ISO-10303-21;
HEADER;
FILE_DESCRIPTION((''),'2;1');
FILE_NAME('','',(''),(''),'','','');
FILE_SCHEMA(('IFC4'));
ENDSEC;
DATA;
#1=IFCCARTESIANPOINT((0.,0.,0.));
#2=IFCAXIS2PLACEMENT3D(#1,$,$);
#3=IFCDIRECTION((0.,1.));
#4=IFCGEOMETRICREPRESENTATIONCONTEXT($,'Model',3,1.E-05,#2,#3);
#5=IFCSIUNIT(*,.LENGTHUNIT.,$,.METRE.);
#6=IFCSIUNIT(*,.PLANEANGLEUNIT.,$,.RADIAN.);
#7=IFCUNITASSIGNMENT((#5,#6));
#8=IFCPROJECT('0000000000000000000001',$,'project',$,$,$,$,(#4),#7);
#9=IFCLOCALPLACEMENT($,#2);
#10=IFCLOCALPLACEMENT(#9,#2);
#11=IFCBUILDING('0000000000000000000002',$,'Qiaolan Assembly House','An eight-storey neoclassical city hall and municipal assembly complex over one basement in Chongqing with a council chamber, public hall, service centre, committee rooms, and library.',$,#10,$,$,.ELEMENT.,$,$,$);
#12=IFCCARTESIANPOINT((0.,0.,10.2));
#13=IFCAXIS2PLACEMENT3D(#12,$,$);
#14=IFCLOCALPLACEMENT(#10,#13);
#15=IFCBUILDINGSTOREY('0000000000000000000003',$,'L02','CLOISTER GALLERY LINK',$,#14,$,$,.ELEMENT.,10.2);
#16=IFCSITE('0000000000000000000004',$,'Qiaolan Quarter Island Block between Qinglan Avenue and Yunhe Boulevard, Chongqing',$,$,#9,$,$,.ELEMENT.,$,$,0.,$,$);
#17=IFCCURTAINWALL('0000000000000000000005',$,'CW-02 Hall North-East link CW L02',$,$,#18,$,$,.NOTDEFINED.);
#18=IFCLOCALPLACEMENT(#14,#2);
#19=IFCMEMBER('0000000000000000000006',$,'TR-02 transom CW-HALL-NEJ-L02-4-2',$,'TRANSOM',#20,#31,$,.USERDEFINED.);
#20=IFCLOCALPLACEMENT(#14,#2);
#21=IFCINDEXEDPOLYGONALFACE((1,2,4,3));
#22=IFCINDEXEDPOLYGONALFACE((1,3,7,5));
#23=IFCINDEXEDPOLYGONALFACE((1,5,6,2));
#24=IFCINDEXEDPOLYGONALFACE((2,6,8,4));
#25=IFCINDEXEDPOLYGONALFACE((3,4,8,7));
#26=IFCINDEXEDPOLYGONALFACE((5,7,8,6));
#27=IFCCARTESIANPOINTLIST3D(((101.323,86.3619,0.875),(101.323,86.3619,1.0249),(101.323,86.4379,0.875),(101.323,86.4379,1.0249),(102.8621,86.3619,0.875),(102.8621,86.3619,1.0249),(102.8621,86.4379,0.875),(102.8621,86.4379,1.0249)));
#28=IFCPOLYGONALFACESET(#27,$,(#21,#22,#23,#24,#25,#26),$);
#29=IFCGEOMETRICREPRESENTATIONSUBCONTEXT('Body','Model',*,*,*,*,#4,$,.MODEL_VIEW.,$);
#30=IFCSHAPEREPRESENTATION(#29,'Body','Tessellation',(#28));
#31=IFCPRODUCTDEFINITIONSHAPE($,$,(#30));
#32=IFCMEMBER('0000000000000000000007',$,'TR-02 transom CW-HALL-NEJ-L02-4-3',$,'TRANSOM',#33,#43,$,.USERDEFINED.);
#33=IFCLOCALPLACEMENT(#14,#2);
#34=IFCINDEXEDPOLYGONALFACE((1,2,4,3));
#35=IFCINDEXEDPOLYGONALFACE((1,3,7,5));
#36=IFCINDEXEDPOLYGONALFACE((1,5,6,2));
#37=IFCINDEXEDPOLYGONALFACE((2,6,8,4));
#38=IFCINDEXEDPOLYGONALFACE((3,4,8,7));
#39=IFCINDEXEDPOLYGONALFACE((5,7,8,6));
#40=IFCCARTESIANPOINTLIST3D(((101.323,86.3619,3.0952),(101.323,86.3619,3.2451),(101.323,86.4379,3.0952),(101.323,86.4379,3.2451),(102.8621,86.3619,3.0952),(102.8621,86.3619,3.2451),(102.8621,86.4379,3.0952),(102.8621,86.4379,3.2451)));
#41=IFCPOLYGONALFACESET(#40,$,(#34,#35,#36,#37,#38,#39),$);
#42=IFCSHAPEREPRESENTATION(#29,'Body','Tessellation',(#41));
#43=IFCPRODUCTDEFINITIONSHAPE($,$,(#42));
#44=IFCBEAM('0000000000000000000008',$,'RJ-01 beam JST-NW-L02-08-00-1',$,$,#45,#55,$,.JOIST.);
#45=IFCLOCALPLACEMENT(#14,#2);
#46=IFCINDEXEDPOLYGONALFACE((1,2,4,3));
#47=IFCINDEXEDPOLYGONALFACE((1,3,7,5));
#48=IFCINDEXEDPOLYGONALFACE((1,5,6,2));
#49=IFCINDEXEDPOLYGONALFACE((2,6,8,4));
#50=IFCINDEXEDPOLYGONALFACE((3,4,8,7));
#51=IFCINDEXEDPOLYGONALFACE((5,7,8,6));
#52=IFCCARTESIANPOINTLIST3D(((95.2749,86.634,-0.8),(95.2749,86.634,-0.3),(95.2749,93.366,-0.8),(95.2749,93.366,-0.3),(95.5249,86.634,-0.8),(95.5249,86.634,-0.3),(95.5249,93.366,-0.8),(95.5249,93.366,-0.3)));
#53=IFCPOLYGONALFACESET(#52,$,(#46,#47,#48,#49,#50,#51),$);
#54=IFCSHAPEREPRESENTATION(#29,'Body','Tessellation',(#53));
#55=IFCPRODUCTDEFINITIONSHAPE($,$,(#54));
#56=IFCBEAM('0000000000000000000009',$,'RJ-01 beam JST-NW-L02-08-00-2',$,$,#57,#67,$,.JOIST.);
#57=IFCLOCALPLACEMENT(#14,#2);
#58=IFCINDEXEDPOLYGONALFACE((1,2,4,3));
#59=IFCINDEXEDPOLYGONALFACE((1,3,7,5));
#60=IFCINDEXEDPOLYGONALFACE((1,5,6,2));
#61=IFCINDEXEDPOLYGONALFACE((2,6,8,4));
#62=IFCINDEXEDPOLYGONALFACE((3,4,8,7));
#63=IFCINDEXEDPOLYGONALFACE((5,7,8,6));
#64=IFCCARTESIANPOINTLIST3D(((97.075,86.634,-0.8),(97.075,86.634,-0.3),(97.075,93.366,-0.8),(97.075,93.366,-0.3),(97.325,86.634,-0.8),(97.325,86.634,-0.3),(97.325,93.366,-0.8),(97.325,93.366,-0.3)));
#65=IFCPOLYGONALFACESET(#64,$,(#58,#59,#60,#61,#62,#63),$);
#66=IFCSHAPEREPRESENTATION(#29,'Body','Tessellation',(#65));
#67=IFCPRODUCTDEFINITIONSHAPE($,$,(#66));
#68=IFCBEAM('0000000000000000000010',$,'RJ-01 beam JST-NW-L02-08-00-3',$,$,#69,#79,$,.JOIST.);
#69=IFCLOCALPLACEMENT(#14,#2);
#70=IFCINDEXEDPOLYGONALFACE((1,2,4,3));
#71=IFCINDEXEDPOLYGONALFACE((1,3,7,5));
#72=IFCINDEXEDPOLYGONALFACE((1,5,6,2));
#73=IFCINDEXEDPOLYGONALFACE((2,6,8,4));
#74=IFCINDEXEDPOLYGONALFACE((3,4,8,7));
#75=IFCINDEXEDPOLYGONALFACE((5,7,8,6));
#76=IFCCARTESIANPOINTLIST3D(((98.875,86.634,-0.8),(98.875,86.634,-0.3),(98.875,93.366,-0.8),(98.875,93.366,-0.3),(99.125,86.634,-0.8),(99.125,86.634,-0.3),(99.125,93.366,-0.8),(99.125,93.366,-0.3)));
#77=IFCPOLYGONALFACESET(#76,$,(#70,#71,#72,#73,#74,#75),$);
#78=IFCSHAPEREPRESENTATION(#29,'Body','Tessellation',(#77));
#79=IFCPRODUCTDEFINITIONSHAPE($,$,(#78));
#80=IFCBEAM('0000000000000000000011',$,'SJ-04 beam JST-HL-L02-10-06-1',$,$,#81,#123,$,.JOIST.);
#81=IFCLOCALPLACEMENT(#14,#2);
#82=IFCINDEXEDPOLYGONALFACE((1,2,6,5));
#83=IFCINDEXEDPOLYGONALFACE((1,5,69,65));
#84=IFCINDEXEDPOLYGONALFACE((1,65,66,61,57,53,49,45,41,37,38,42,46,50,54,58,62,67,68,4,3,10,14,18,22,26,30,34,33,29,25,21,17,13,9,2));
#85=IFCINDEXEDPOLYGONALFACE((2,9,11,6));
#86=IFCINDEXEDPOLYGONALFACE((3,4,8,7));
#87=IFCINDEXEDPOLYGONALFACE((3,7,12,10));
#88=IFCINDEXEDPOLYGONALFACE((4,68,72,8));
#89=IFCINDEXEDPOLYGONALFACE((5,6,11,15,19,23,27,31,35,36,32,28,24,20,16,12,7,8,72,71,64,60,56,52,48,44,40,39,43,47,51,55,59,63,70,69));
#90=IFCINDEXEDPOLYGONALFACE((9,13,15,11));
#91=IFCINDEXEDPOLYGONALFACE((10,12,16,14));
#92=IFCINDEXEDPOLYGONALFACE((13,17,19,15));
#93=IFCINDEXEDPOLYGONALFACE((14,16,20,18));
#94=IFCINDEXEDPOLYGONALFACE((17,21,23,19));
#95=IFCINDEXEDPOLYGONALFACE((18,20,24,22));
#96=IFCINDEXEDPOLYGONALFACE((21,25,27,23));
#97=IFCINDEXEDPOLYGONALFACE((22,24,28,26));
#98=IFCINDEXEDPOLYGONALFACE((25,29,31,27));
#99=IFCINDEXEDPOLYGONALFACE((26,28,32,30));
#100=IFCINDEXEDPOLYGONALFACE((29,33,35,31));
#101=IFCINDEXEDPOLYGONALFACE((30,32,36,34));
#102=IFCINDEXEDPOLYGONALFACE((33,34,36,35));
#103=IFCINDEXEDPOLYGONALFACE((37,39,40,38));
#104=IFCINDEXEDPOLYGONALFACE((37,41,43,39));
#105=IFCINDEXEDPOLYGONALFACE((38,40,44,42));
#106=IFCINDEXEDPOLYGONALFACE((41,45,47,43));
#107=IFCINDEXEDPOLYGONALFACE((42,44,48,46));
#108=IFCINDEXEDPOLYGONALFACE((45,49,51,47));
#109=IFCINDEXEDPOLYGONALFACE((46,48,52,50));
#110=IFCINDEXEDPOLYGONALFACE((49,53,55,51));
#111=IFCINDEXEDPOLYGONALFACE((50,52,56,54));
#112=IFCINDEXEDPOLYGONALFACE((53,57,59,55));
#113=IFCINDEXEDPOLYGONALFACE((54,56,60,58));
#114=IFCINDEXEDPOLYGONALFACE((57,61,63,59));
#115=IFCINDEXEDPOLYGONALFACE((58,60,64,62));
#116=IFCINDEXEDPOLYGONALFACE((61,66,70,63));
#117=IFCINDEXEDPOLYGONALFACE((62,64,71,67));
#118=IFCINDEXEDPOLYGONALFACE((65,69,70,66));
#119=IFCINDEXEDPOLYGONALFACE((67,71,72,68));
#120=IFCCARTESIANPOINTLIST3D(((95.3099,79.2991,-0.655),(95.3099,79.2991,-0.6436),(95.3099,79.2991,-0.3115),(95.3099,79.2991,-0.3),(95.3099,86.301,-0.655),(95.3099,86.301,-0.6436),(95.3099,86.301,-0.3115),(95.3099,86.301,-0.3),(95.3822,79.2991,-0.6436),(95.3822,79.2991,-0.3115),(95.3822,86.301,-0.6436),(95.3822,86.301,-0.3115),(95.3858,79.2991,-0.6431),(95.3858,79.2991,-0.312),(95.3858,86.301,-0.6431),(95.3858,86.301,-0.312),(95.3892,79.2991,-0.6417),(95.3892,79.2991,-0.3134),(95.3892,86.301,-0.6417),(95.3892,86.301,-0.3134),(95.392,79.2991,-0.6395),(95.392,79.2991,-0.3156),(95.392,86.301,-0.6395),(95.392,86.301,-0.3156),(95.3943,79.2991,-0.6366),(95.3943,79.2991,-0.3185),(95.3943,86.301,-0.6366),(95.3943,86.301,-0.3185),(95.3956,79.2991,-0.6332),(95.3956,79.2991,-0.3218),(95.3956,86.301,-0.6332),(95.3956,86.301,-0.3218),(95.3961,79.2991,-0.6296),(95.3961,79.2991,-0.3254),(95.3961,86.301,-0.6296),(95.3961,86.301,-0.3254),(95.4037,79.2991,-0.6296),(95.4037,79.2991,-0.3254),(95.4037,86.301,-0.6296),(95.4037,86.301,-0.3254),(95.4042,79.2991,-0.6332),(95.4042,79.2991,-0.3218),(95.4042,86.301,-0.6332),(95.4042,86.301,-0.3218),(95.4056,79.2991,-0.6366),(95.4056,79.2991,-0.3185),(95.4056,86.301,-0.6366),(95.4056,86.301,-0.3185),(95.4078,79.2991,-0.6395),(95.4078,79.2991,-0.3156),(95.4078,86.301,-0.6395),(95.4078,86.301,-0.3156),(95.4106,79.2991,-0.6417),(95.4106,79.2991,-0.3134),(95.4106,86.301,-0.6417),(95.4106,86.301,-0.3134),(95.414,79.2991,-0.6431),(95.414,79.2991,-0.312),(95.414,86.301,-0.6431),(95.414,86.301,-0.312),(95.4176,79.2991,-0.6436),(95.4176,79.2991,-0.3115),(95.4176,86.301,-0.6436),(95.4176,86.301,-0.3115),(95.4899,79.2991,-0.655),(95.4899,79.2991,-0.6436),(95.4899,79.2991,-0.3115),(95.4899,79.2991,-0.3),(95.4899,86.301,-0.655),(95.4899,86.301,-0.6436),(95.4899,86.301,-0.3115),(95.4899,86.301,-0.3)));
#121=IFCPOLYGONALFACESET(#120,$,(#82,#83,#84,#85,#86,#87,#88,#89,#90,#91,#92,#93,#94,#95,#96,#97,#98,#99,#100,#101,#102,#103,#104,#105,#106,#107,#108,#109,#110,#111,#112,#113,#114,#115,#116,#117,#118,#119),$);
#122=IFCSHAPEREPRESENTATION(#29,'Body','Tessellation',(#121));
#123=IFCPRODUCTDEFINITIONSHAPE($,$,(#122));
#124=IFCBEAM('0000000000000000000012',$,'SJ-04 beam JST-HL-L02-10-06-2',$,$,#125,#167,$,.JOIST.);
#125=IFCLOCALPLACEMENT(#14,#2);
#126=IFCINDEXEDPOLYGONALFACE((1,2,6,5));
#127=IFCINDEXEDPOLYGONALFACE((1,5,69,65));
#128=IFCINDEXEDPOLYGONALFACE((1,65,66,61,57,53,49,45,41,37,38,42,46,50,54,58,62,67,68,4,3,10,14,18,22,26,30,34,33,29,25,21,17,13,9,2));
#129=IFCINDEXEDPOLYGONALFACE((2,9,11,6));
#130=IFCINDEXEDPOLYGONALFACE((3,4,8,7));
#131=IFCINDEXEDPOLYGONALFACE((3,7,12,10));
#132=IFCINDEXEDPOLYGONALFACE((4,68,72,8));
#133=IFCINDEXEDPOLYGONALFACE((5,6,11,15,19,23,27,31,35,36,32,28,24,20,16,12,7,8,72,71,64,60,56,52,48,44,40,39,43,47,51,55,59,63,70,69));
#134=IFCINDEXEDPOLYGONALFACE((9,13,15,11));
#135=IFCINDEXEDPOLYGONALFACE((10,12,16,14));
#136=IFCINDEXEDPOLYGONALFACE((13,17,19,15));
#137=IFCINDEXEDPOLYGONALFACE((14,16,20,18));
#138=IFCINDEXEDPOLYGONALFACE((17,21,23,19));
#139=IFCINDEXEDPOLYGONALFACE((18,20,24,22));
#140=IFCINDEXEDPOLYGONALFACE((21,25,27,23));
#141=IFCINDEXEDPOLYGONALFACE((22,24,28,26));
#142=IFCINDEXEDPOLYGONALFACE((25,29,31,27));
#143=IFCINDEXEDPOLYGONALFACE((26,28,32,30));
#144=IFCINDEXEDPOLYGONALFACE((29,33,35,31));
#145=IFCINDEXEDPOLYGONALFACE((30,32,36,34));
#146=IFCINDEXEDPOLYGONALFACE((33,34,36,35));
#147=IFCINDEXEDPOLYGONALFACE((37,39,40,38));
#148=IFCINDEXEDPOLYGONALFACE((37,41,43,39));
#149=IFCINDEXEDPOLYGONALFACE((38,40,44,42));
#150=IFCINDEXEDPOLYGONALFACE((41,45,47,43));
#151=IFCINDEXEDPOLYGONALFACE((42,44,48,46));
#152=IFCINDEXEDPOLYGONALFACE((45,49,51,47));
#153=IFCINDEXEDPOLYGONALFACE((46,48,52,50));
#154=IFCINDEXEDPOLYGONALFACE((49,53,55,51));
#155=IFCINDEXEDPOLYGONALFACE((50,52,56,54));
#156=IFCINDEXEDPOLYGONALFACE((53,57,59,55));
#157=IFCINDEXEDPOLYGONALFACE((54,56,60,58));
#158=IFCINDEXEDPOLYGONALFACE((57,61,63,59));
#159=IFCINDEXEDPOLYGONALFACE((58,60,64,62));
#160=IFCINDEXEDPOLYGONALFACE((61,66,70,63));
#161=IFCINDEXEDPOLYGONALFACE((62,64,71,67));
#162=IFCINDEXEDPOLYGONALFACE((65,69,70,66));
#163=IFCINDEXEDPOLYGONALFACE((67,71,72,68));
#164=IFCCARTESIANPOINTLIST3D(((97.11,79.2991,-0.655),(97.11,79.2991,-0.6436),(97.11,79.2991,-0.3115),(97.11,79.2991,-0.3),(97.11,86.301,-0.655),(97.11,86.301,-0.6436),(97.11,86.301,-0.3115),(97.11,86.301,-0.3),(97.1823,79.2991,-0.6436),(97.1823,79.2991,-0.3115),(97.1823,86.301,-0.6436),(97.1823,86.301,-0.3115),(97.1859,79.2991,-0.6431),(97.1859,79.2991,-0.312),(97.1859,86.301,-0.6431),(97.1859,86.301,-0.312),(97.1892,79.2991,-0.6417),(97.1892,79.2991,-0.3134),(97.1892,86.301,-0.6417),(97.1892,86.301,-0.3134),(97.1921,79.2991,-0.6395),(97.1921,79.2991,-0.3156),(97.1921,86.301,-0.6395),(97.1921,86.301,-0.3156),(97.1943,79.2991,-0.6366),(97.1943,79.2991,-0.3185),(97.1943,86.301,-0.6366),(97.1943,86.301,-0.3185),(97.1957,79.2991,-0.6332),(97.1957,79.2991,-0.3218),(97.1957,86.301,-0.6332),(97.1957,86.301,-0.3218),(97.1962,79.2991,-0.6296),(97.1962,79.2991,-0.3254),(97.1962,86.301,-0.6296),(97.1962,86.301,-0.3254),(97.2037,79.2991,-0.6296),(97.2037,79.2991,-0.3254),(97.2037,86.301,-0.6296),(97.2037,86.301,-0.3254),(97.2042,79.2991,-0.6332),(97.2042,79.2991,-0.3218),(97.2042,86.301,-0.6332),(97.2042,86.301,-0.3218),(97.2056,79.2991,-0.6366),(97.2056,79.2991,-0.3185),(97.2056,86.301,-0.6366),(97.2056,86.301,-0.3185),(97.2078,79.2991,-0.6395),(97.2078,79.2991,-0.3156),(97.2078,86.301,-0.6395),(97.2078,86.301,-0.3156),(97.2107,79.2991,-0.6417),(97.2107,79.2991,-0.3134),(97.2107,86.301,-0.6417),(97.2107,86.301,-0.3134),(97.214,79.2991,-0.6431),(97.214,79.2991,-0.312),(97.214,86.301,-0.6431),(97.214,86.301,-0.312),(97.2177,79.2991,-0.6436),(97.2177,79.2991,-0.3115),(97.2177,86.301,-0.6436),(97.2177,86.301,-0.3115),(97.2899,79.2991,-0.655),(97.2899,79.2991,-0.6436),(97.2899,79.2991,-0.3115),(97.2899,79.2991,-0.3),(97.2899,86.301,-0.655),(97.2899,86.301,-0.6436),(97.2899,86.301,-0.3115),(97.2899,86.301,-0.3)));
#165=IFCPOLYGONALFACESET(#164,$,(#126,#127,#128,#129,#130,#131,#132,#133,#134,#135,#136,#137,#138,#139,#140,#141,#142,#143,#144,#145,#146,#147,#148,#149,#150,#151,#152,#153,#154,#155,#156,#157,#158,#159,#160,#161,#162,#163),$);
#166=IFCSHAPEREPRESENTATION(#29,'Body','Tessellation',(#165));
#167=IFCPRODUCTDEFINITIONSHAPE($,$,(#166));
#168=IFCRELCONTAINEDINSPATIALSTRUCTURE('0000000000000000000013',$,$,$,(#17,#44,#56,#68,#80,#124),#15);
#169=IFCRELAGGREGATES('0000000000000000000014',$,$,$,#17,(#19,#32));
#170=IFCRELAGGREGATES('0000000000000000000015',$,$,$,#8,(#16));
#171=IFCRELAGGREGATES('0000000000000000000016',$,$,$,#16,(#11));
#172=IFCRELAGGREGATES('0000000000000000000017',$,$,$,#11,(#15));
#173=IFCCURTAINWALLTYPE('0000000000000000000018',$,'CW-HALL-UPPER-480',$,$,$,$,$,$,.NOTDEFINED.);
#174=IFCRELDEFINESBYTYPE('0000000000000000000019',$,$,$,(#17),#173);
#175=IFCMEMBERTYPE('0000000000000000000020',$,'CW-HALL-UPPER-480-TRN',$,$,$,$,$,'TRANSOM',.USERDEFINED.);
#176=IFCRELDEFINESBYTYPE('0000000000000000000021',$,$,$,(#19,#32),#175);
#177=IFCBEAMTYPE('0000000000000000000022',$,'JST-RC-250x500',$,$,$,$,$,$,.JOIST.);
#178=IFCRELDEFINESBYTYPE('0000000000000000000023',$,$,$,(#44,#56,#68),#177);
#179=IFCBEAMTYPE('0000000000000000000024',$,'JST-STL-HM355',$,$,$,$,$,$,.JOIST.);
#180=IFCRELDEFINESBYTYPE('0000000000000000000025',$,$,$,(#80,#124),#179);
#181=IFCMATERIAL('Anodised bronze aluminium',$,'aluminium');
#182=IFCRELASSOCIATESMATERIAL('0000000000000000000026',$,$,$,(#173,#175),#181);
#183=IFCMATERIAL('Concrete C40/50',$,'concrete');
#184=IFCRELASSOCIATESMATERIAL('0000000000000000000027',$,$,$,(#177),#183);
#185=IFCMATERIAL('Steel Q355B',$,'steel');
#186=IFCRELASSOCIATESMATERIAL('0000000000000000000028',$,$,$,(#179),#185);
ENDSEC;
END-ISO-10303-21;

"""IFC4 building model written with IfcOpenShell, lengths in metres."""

from ifc_helpers import new_model, si_unit, direction, frame, origin, origin_2d, place, context, subcontext, project, spatial, rectangle, i_section, extrude, material, material_profile, profile_set, type_object, element, aggregate, save


model = new_model("IFC4")

# Units and contexts
model_context = context("Model", 3, precision=1e-05, world=origin(), true_north=direction((0.0, 1.0)))
body_context = subcontext(model_context, "Body", "Model", "MODEL_VIEW")
ifc_project = project(units=[si_unit("LENGTHUNIT", "METRE"), si_unit("PLANEANGLEUNIT", "RADIAN")], contexts=[model_context])

# Site, building, storey
site_placement = place(None, origin())
site = spatial("IfcSite", under=ifc_project, at=site_placement, Name="Qiaolan Quarter Island Block between Qinglan Avenue and Yunhe Boulevard, Chongqing", CompositionType="ELEMENT", RefElevation=0.0)
building_placement = place(site_placement, origin())
building = spatial("IfcBuilding", under=site, at=building_placement, Name="Qiaolan Assembly House", Description="An eight-storey neoclassical city hall and municipal assembly complex over one basement in Chongqing with a council chamber, public hall, service centre, committee rooms, and library.", CompositionType="ELEMENT")
storey_placement = place(building_placement, frame((0.0, 0.0, 10.2)))
storey = spatial("IfcBuildingStorey", under=building, at=storey_placement, Name="L02", Description="CLOISTER GALLERY LINK", CompositionType="ELEMENT", Elevation=10.2)

# Shared definitions
ifc_material_1 = material(Name="Concrete C40/50", Category="concrete")
ifc_material_2 = material(Name="Steel Q355B", Category="steel")

# Curtain wall, members
ifc_material_3 = material(Name="Anodised bronze aluminium", Category="aluminium")
curtain_wall_type = type_object("IfcCurtainWallType", Name="CW-HALL-UPPER-480", PredefinedType="NOTDEFINED", material=ifc_material_3)
curtain_wall_placement = place(storey_placement, origin())
curtain_wall = element("IfcCurtainWall", 1, at=curtain_wall_placement, inside=storey, type_object=curtain_wall_type, Name="CW-02 Hall North-East link CW L02", PredefinedType="NOTDEFINED")
ifc_material_profile_1 = material_profile(ifc_material_3, rectangle(XDim=0.0759, YDim=0.1499, at=origin_2d()), Name="TRN 76x150")
ifc_profile_set_1 = profile_set([ifc_material_profile_1], Name="Anodised bronze aluminium")
member_type_1 = type_object("IfcMemberType", Name="CW-HALL-UPPER-480-TRN", ElementType="TRANSOM", PredefinedType="USERDEFINED", material=ifc_profile_set_1)
member_1_placement = place(storey_placement, frame((102.8621, 86.3999, 0.95), z_axis=(-1.0, 0.0, 0.0), x_axis=(0.0, -1.0, 0.0)))
member_1 = element("IfcMember", 2, at=member_1_placement, type_object=member_type_1, Name="TR-02 transom CW-HALL-NEJ-L02-4-2", ObjectType="TRANSOM", PredefinedType="USERDEFINED", context=body_context, shape_type="SweptSolid", body=[
    extrude(rectangle(XDim=0.0759, YDim=0.1499, at=origin_2d()), origin(), (0.0, 0.0, 1.0), 1.5391),
])
member_2_placement = place(storey_placement, frame((102.8621, 86.3999, 3.1702), z_axis=(-1.0, 0.0, 0.0), x_axis=(0.0, -1.0, 0.0)))
member_2 = element("IfcMember", 3, at=member_2_placement, type_object=member_type_1, Name="TR-02 transom CW-HALL-NEJ-L02-4-3", ObjectType="TRANSOM", PredefinedType="USERDEFINED", context=body_context, shape_type="SweptSolid", body=[
    extrude(rectangle(XDim=0.0759, YDim=0.1499, at=origin_2d()), origin(), (0.0, 0.0, 1.0), 1.5391),
])

# Beams
ifc_material_profile_2 = material_profile(ifc_material_1, rectangle(XDim=0.25, YDim=0.5, at=origin_2d()), Name="RCB 250x500")
ifc_profile_set_2 = profile_set([ifc_material_profile_2], Name="Concrete C40/50")
beam_type_1 = type_object("IfcBeamType", Name="JST-RC-250x500", PredefinedType="JOIST", material=ifc_profile_set_2)
for number, where, z_axis, x_axis, name in (
    (4, (95.3999, 86.634, -0.55), (0.0, 1.0, 0.0), (-1.0, 0.0, 0.0), "RJ-01 beam JST-NW-L02-08-00-1"),
    (5, (97.2, 86.634, -0.55), (0.0, 1.0, 0.0), (-1.0, 0.0, 0.0), "RJ-01 beam JST-NW-L02-08-00-2"),
    (6, (99.0, 86.634, -0.55), (0.0, 1.0, 0.0), (-1.0, 0.0, 0.0), "RJ-01 beam JST-NW-L02-08-00-3"),
):
    element("IfcBeam", number, at=place(storey_placement, frame(where, z_axis=z_axis, x_axis=x_axis)), inside=storey, type_object=beam_type_1, Name=name, PredefinedType="JOIST", context=body_context, shape_type="SweptSolid", body=[
        extrude(rectangle(XDim=0.25, YDim=0.5, at=origin_2d()), origin(), (0.0, 0.0, 1.0), 6.7319),
    ])
ifc_material_profile_3 = material_profile(ifc_material_2, i_section(OverallWidth=0.1799, OverallDepth=0.355, WebThickness=0.0076, FlangeThickness=0.0115, FilletRadius=0.0139, at=origin_2d()), Name="HM 355x180x7.5x11.5")
ifc_profile_set_3 = profile_set([ifc_material_profile_3], Name="Steel Q355B")
beam_type_2 = type_object("IfcBeamType", Name="JST-STL-HM355", PredefinedType="JOIST", material=ifc_profile_set_3)
for number, where, z_axis, x_axis, name in (
    (7, (95.3999, 79.2991, -0.4775), (0.0, 1.0, 0.0), (-1.0, 0.0, 0.0), "SJ-04 beam JST-HL-L02-10-06-1"),
    (8, (97.2, 79.2991, -0.4775), (0.0, 1.0, 0.0), (-1.0, 0.0, 0.0), "SJ-04 beam JST-HL-L02-10-06-2"),
):
    element("IfcBeam", number, at=place(storey_placement, frame(where, z_axis=z_axis, x_axis=x_axis)), inside=storey, type_object=beam_type_2, Name=name, PredefinedType="JOIST", context=body_context, shape_type="SweptSolid", body=[
        extrude(i_section(OverallWidth=0.1799, OverallDepth=0.355, WebThickness=0.0076, FlangeThickness=0.0115, FilletRadius=0.0139, at=origin_2d()), origin(), (0.0, 0.0, 1.0), 7.002),
    ])

aggregate(curtain_wall, [member_1, member_2])

save(model, "model.ifc")
